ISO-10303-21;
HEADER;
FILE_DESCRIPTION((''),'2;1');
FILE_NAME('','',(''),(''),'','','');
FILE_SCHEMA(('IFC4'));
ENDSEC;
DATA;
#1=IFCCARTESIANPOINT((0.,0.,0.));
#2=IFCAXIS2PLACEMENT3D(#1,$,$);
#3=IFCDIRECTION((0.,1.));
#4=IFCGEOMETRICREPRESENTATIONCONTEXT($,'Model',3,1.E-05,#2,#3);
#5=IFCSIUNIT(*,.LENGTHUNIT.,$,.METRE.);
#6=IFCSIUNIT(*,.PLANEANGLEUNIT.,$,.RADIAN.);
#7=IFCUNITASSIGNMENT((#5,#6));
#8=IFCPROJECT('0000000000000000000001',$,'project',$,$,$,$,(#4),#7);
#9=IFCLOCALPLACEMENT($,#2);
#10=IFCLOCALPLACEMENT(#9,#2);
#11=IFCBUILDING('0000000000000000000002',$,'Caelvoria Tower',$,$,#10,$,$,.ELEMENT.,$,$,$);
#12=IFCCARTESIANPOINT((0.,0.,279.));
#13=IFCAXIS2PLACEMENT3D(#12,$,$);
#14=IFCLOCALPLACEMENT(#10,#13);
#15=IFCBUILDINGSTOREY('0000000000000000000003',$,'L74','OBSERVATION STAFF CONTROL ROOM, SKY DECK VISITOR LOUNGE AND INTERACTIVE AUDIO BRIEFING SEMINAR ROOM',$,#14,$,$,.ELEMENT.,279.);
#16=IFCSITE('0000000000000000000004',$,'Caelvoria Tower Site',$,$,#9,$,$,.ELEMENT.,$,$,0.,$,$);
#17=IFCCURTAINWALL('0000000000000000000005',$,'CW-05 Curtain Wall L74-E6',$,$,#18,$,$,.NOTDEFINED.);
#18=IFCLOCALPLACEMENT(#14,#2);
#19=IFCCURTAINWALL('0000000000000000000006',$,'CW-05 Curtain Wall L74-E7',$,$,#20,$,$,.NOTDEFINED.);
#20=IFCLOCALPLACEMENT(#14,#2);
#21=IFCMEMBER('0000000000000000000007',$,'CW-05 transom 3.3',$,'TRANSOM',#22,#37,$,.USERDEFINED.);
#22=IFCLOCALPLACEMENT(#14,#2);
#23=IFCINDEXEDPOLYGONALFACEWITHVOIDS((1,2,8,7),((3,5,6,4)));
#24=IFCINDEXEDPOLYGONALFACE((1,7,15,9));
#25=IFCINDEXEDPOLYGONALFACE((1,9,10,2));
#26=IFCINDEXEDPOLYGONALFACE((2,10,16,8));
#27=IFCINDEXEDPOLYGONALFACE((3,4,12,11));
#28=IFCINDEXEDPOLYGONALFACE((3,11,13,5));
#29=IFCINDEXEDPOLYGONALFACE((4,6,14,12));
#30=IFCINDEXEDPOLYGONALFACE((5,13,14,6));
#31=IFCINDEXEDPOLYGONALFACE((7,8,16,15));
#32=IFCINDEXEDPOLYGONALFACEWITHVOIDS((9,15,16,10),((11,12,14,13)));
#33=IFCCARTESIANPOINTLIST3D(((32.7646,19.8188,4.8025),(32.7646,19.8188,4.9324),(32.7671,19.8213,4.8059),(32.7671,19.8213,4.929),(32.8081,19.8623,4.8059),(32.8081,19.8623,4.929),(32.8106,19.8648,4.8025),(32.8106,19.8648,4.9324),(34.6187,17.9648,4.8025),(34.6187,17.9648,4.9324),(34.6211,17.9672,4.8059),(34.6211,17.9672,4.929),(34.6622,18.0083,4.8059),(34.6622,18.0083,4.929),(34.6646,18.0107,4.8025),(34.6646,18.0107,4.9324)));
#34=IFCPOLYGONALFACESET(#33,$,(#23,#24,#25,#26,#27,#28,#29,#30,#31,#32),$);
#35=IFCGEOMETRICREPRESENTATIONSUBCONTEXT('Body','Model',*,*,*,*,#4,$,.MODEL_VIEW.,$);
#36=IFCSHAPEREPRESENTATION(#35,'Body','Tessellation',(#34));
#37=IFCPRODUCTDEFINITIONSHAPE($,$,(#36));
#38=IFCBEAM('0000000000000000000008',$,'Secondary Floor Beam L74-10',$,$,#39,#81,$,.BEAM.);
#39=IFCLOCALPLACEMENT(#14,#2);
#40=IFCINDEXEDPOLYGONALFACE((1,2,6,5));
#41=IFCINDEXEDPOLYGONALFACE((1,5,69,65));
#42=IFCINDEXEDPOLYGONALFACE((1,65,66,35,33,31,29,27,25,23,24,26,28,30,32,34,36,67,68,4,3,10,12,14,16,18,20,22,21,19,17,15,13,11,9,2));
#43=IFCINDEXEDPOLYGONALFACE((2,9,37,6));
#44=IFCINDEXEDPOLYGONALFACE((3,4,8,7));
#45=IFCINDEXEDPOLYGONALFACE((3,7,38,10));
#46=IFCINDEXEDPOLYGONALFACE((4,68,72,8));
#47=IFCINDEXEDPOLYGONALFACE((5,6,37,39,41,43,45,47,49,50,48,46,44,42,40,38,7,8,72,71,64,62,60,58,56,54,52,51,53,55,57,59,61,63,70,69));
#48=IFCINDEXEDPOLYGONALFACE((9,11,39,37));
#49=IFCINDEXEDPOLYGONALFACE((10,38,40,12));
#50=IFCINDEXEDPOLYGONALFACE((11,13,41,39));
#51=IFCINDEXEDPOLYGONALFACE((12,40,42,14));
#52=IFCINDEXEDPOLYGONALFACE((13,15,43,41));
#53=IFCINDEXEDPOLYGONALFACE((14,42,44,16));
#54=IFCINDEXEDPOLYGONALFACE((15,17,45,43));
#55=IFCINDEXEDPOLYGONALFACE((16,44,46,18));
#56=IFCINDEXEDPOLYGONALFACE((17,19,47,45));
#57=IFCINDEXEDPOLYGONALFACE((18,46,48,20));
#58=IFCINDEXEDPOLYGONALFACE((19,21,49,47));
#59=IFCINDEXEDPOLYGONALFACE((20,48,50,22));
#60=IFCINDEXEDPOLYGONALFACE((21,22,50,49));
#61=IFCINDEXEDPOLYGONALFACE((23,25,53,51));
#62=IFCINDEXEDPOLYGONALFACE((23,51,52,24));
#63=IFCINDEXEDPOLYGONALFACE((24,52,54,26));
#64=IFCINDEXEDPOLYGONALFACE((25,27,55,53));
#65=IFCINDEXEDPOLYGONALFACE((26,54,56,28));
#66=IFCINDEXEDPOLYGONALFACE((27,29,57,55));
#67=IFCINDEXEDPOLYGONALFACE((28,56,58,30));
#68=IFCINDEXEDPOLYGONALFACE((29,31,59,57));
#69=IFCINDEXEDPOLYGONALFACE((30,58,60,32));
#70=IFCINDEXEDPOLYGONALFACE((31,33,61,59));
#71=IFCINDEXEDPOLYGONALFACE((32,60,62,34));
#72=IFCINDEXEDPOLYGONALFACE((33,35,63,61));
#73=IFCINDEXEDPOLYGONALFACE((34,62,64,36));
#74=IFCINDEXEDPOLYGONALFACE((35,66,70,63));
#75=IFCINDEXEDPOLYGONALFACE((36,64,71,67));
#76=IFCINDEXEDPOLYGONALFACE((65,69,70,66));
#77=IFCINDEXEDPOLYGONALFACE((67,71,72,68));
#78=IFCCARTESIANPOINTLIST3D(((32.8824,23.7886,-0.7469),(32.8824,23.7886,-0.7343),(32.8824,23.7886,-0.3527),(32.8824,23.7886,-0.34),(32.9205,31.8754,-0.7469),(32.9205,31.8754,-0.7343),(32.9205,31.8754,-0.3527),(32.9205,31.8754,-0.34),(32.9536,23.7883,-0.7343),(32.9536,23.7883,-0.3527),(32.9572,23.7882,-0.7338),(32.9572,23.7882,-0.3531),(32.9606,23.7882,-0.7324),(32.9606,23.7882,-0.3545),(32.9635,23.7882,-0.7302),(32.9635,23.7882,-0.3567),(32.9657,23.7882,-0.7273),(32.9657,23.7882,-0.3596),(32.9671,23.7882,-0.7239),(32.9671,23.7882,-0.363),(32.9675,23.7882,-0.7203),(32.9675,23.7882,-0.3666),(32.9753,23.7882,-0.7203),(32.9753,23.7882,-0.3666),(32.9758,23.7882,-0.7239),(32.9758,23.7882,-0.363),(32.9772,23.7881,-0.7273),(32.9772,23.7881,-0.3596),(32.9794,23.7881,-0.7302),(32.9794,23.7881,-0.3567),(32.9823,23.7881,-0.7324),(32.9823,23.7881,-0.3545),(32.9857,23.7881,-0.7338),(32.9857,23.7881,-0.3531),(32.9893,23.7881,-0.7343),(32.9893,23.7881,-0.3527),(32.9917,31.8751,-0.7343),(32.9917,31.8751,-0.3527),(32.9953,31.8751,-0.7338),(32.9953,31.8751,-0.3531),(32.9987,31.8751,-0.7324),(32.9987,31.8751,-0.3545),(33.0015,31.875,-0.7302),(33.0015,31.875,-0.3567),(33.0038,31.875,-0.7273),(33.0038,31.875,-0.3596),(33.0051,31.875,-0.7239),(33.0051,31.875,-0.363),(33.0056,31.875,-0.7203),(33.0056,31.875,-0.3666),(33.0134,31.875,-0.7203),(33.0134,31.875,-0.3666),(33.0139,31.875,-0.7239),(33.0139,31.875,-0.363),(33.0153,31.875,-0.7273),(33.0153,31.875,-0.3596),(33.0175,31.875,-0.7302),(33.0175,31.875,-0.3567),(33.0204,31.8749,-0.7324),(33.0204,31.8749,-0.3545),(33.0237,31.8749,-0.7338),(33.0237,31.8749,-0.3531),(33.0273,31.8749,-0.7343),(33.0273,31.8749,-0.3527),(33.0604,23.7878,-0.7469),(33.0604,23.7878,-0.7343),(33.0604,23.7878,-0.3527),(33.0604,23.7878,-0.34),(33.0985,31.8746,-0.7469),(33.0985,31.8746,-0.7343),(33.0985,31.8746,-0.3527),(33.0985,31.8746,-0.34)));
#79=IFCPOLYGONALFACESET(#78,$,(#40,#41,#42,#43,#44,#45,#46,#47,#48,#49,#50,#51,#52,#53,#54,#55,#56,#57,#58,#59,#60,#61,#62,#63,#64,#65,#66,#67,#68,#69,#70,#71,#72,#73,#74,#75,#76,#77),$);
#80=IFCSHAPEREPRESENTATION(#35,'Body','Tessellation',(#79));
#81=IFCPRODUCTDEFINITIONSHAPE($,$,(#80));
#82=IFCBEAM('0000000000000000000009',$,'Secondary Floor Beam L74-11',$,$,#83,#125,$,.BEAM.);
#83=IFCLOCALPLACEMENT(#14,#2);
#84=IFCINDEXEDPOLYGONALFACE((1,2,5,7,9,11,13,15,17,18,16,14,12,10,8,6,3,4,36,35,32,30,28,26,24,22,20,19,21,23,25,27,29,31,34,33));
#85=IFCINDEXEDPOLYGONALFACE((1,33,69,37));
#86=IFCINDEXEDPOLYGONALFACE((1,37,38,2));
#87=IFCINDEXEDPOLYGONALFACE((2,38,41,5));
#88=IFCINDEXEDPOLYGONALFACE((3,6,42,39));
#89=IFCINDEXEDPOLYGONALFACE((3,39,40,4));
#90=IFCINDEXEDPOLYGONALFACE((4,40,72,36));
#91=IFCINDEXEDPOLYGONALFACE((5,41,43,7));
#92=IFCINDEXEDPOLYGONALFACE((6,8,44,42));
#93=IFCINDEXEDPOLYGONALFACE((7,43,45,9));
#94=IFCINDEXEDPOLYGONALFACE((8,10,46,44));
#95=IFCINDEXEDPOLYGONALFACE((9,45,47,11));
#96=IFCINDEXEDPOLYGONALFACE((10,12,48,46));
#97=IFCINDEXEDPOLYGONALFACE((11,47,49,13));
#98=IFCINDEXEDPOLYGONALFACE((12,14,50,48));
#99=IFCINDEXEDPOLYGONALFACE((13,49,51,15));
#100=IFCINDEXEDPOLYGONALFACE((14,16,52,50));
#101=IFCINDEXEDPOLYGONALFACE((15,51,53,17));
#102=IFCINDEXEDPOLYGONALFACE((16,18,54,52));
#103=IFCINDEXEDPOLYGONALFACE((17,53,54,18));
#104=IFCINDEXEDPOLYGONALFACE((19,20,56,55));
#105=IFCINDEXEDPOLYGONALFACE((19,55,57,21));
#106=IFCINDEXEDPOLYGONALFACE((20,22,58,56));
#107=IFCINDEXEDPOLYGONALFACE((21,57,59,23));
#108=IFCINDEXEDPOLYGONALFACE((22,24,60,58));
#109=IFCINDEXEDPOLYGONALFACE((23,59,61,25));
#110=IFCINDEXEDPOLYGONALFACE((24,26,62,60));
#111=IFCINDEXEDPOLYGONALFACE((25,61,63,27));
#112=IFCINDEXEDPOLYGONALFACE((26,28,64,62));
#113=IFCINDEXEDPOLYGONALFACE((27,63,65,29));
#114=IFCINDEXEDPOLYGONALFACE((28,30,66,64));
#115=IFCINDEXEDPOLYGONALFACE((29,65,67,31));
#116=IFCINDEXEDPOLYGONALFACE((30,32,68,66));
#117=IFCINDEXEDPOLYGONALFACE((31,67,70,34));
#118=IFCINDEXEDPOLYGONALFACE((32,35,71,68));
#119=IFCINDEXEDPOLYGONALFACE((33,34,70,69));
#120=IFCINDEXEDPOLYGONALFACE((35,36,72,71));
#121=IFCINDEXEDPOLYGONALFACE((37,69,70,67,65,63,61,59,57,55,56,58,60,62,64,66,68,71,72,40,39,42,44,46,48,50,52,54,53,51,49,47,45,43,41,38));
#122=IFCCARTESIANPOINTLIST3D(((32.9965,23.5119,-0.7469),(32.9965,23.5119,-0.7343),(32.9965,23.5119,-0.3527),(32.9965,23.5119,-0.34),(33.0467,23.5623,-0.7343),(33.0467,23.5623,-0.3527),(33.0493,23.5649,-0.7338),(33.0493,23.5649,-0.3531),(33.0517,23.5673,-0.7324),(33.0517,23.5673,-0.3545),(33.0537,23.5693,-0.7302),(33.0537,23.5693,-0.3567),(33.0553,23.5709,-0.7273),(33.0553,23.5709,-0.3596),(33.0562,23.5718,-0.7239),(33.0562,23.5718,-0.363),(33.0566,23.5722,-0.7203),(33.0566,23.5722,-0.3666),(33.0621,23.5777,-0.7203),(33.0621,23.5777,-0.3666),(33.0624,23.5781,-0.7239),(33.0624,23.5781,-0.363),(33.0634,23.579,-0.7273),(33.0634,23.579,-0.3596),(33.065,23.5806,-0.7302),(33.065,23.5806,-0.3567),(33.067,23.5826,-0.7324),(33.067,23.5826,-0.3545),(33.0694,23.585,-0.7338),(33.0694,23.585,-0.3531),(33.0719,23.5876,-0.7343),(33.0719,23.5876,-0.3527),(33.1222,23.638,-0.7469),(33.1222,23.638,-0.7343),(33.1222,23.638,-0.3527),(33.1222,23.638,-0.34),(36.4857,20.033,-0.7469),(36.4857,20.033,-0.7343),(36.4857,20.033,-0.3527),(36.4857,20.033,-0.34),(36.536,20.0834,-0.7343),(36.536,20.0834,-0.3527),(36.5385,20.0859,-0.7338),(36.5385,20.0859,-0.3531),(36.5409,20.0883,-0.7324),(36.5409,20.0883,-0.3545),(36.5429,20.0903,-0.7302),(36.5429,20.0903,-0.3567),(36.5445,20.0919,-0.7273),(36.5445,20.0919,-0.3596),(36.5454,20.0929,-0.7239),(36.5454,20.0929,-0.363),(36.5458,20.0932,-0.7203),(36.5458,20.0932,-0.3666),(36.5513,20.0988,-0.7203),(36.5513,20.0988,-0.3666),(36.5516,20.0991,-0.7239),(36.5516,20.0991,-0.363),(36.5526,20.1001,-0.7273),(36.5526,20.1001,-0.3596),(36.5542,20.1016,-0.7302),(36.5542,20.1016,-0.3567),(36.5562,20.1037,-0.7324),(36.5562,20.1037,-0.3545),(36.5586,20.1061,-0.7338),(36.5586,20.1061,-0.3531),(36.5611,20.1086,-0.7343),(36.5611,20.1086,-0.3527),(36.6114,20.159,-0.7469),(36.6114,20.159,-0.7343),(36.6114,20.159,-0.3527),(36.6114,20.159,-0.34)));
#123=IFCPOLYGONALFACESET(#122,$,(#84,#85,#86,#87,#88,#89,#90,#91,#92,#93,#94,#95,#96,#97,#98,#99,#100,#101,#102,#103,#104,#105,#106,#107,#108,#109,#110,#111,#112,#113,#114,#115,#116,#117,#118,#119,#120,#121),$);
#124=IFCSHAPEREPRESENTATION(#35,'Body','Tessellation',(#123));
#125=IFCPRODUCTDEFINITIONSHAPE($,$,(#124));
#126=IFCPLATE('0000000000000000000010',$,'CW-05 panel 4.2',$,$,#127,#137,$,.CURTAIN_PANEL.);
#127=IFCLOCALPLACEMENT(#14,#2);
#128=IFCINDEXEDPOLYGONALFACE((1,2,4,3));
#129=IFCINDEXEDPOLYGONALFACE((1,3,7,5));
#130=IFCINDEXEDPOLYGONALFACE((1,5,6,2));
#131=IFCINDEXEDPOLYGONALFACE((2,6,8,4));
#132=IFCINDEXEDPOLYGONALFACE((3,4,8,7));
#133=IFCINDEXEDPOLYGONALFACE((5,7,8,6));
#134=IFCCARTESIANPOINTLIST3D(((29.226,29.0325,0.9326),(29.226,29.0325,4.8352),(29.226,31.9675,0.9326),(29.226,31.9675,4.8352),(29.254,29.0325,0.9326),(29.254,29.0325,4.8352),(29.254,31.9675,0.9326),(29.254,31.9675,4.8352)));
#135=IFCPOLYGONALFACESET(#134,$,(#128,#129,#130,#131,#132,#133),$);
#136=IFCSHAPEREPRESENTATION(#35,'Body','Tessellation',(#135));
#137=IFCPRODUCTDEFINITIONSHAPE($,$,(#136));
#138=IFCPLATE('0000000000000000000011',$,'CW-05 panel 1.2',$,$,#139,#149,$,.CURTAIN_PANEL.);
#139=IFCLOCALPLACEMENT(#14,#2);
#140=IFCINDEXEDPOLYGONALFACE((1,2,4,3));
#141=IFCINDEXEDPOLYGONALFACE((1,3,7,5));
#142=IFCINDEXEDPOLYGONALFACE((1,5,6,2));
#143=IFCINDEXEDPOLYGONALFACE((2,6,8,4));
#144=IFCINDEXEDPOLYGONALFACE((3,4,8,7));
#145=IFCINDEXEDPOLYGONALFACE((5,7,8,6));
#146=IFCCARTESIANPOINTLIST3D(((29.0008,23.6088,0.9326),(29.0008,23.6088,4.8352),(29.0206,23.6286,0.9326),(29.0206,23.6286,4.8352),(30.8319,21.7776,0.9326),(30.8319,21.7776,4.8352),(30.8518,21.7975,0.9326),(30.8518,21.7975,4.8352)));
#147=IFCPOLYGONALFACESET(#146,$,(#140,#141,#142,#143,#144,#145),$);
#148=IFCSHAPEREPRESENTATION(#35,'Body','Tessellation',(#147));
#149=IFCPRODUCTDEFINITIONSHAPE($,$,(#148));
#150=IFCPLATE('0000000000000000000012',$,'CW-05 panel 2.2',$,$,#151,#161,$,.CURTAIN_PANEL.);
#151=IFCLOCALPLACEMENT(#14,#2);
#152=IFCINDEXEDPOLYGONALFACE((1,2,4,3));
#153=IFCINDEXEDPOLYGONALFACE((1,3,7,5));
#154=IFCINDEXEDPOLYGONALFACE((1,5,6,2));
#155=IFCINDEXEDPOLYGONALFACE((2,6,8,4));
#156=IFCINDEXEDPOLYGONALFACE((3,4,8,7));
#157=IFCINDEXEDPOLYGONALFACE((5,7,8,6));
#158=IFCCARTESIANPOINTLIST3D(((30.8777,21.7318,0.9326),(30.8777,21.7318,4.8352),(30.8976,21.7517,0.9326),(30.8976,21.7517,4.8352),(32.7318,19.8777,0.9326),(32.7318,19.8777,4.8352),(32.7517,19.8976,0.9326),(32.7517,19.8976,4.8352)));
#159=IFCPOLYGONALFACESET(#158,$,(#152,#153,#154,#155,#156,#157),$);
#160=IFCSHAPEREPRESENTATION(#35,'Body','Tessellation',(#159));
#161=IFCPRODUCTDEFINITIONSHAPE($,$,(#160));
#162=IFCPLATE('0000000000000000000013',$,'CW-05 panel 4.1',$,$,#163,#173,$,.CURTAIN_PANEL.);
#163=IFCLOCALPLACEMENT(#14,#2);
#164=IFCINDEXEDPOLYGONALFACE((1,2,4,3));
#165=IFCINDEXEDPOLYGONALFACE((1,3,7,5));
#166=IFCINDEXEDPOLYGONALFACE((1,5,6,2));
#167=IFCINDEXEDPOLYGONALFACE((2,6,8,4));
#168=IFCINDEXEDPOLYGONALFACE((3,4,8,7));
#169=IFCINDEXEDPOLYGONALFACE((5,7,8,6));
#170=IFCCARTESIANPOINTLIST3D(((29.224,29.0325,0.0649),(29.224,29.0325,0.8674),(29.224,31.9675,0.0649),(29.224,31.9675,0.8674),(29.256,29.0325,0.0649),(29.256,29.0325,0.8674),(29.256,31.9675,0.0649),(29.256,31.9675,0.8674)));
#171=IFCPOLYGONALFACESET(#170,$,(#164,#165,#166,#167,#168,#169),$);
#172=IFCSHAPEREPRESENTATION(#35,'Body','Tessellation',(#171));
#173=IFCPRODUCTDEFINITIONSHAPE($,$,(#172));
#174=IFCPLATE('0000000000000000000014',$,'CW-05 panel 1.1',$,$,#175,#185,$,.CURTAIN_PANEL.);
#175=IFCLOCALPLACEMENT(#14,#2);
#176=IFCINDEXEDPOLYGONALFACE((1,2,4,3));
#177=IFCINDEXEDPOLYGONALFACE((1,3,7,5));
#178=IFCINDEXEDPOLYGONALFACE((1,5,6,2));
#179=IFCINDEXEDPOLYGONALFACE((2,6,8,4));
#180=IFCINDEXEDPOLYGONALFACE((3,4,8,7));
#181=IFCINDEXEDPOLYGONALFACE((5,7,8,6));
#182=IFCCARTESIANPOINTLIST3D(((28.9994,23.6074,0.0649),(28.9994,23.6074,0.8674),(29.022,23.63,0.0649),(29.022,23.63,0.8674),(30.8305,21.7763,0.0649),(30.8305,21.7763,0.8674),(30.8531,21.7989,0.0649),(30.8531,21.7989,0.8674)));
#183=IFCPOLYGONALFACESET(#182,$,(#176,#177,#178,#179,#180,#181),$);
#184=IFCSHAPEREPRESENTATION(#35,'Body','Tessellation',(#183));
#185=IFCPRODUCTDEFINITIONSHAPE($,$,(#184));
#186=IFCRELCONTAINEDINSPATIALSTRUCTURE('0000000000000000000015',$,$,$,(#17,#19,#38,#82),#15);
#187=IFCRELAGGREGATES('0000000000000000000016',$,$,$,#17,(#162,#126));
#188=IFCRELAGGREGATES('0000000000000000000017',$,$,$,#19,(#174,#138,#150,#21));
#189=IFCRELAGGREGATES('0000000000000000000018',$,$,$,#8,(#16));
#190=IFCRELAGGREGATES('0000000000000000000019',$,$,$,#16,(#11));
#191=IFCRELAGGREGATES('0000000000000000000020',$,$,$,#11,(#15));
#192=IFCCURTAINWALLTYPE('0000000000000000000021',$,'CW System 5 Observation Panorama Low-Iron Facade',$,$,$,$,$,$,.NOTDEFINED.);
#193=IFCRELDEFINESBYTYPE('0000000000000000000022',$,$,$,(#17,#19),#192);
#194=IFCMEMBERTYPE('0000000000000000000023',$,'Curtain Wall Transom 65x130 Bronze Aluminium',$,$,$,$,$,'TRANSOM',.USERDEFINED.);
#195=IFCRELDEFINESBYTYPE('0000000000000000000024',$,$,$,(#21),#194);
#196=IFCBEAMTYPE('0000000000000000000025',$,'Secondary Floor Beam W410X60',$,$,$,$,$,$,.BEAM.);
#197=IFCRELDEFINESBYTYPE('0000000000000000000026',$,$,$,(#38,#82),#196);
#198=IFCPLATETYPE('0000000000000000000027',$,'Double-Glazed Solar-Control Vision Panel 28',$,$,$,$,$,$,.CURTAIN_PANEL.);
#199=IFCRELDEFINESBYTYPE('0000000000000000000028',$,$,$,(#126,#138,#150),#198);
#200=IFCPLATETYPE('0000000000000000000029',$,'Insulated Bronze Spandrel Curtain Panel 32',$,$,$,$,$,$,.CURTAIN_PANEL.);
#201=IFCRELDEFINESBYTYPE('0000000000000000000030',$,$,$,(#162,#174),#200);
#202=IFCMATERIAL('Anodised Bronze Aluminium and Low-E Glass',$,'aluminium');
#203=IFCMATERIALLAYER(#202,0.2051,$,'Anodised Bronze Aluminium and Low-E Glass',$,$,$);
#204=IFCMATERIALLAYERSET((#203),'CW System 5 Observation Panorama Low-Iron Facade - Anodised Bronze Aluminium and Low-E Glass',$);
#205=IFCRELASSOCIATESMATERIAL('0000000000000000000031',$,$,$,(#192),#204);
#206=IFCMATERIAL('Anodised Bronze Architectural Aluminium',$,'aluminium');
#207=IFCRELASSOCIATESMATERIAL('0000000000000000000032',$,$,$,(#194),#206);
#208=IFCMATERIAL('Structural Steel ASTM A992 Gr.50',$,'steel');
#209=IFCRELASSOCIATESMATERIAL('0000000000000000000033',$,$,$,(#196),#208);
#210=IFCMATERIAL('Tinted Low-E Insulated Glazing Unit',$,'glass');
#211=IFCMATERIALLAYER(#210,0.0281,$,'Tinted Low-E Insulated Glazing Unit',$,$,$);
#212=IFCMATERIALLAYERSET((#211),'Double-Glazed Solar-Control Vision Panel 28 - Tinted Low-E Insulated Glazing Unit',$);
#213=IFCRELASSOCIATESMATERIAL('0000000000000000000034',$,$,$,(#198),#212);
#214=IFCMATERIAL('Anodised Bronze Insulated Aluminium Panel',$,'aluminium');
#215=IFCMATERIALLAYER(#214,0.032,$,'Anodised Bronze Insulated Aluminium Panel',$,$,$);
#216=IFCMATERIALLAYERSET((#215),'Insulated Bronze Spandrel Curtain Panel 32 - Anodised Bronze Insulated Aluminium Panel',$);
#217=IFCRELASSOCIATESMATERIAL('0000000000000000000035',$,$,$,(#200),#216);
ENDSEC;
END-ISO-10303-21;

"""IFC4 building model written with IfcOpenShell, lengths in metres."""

from ifc_helpers import new_model, si_unit, direction, frame, origin, origin_2d, place, context, subcontext, project, spatial, rectangle, hollow_rectangle, i_section, extrude, material, layer, layer_set, material_profile, profile_set, type_object, element, aggregate, save


model = new_model("IFC4")

# Units and contexts
model_context = context("Model", 3, precision=1e-05, world=origin(), true_north=direction((0.0, 1.0)))
body_context = subcontext(model_context, "Body", "Model", "MODEL_VIEW")
ifc_project = project(units=[si_unit("LENGTHUNIT", "METRE"), si_unit("PLANEANGLEUNIT", "RADIAN")], contexts=[model_context])

# Site, building, storey
site_placement = place(None, origin())
site = spatial("IfcSite", under=ifc_project, at=site_placement, Name="Caelvoria Tower Site", CompositionType="ELEMENT", RefElevation=0.0)
building_placement = place(site_placement, origin())
building = spatial("IfcBuilding", under=site, at=building_placement, Name="Caelvoria Tower", CompositionType="ELEMENT")
storey_placement = place(building_placement, frame((0.0, 0.0, 279.0)))
storey = spatial("IfcBuildingStorey", under=building, at=storey_placement, Name="L74", Description="OBSERVATION STAFF CONTROL ROOM, SKY DECK VISITOR LOUNGE AND INTERACTIVE AUDIO BRIEFING SEMINAR ROOM", CompositionType="ELEMENT", Elevation=279.0)

# Curtain wall
ifc_material_1 = material(Name="Anodised Bronze Aluminium and Low-E Glass", Category="aluminium")
ifc_layer_1 = layer(ifc_material_1, 0.2051, Name="Anodised Bronze Aluminium and Low-E Glass")
ifc_layer_set_1 = layer_set([ifc_layer_1], Name="CW System 5 Observation Panorama Low-Iron Facade - Anodised Bronze Aluminium and Low-E Glass")
curtain_wall_type = type_object("IfcCurtainWallType", Name="CW System 5 Observation Panorama Low-Iron Facade", PredefinedType="NOTDEFINED", material=ifc_layer_set_1)
curtain_wall_1_placement = place(storey_placement, origin())
curtain_wall_1 = element("IfcCurtainWall", 1, at=curtain_wall_1_placement, inside=storey, type_object=curtain_wall_type, Name="CW-05 Curtain Wall L74-E6", PredefinedType="NOTDEFINED")
ifc_material_2 = material(Name="Anodised Bronze Architectural Aluminium", Category="aluminium")

# Curtain wall
curtain_wall_2_placement = place(storey_placement, origin())
curtain_wall_2 = element("IfcCurtainWall", 2, at=curtain_wall_2_placement, inside=storey, type_object=curtain_wall_type, Name="CW-05 Curtain Wall L74-E7", PredefinedType="NOTDEFINED")

# Member
ifc_material_profile_1 = material_profile(ifc_material_2, hollow_rectangle(XDim=0.0649, YDim=0.1299, WallThickness=0.0034, at=origin_2d()), Name="Anodised Bronze Architectural Aluminium")
ifc_profile_set_1 = profile_set([ifc_material_profile_1], Name="CW_TRAN_65X130 - Anodised Bronze Architectural Aluminium")
member_type_1 = type_object("IfcMemberType", Name="Curtain Wall Transom 65x130 Bronze Aluminium", ElementType="TRANSOM", PredefinedType="USERDEFINED", material=ifc_profile_set_1)
member_1_placement = place(storey_placement, frame((32.7876, 19.8418, 4.8674), z_axis=(0.707107, -0.707107, 0.0), x_axis=(0.707107, 0.707107, 0.0)))
member_1 = element("IfcMember", 3, at=member_1_placement, type_object=member_type_1, Name="CW-05 transom 3.3", ObjectType="TRANSOM", PredefinedType="USERDEFINED", context=body_context, shape_type="SweptSolid", body=[
    extrude(hollow_rectangle(XDim=0.0649, YDim=0.1299, WallThickness=0.0034, at=origin_2d()), origin(), (0.0, 0.0, 1.0), 2.6221),
])

# Beams
ifc_material_3 = material(Name="Structural Steel ASTM A992 Gr.50", Category="steel")
ifc_material_profile_2 = material_profile(ifc_material_3, i_section(OverallWidth=0.178, OverallDepth=0.407, WebThickness=0.0078, FlangeThickness=0.0127, FilletRadius=0.0139, at=origin_2d()), Name="Structural Steel ASTM A992 Gr.50")
ifc_profile_set_2 = profile_set([ifc_material_profile_2], Name="W410X60 - Structural Steel ASTM A992 Gr.50")
beam_type = type_object("IfcBeamType", Name="Secondary Floor Beam W410X60", PredefinedType="BEAM", material=ifc_profile_set_2)
beam_1_placement = place(storey_placement, frame((33.0095, 31.875, -0.5435), z_axis=(-0.00471, -0.999989, 0.0), x_axis=(0.999989, -0.00471, 0.0)))
element("IfcBeam", 4, at=beam_1_placement, inside=storey, type_object=beam_type, Name="Secondary Floor Beam L74-10", PredefinedType="BEAM", context=body_context, shape_type="SweptSolid", body=[
    extrude(i_section(OverallWidth=0.178, OverallDepth=0.407, WebThickness=0.0078, FlangeThickness=0.0127, FilletRadius=0.0139, at=origin_2d()), origin(), (0.0, 0.0, 1.0), 8.0869),
])
beam_2_placement = place(storey_placement, frame((33.0593, 23.575, -0.5435), z_axis=(0.708147, -0.706065, 0.0), x_axis=(0.706065, 0.708147, 0.0)))
element("IfcBeam", 5, at=beam_2_placement, inside=storey, type_object=beam_type, Name="Secondary Floor Beam L74-11", PredefinedType="BEAM", context=body_context, shape_type="SweptSolid", body=[
    extrude(i_section(OverallWidth=0.178, OverallDepth=0.407, WebThickness=0.0078, FlangeThickness=0.0127, FilletRadius=0.0139, at=origin_2d()), origin(), (0.0, 0.0, 1.0), 4.9272),
])

# Plates
ifc_material_4 = material(Name="Tinted Low-E Insulated Glazing Unit", Category="glass")
ifc_layer_2 = layer(ifc_material_4, 0.0281, Name="Tinted Low-E Insulated Glazing Unit")
ifc_layer_set_2 = layer_set([ifc_layer_2], Name="Double-Glazed Solar-Control Vision Panel 28 - Tinted Low-E Insulated Glazing Unit")
plate_type_1 = type_object("IfcPlateType", Name="Double-Glazed Solar-Control Vision Panel 28", PredefinedType="CURTAIN_PANEL", material=ifc_layer_set_2)
plate_1_placement = place(storey_placement, frame((29.24, 30.5, 0.9326), z_axis=(0.0, 0.0, 1.0), x_axis=(0.0, -1.0, 0.0)))
plate_1 = element("IfcPlate", 6, at=plate_1_placement, type_object=plate_type_1, Name="CW-05 panel 4.2", PredefinedType="CURTAIN_PANEL", context=body_context, shape_type="SweptSolid", body=[
    extrude(rectangle(XDim=2.9351, YDim=0.0281, at=origin_2d()), origin(), (0.0, 0.0, 1.0), 3.9026),
])
plate_2_placement = place(storey_placement, frame((29.9263, 22.7031, 0.9326), z_axis=(0.0, 0.0, 1.0), x_axis=(0.707107, -0.707107, 0.0)))
plate_2 = element("IfcPlate", 7, at=plate_2_placement, type_object=plate_type_1, Name="CW-05 panel 1.2", PredefinedType="CURTAIN_PANEL", context=body_context, shape_type="SweptSolid", body=[
    extrude(rectangle(XDim=2.5896, YDim=0.0281, at=origin_2d()), origin(), (0.0, 0.0, 1.0), 3.9026),
])
plate_3_placement = place(storey_placement, frame((31.8147, 20.8147, 0.9326), z_axis=(0.0, 0.0, 1.0), x_axis=(0.707107, -0.707107, 0.0)))
plate_3 = element("IfcPlate", 8, at=plate_3_placement, type_object=plate_type_1, Name="CW-05 panel 2.2", PredefinedType="CURTAIN_PANEL", context=body_context, shape_type="SweptSolid", body=[
    extrude(rectangle(XDim=2.6221, YDim=0.0281, at=origin_2d()), origin(), (0.0, 0.0, 1.0), 3.9026),
])
ifc_material_5 = material(Name="Anodised Bronze Insulated Aluminium Panel", Category="aluminium")
ifc_layer_3 = layer(ifc_material_5, 0.032, Name="Anodised Bronze Insulated Aluminium Panel")
ifc_layer_set_3 = layer_set([ifc_layer_3], Name="Insulated Bronze Spandrel Curtain Panel 32 - Anodised Bronze Insulated Aluminium Panel")
plate_type_2 = type_object("IfcPlateType", Name="Insulated Bronze Spandrel Curtain Panel 32", PredefinedType="CURTAIN_PANEL", material=ifc_layer_set_3)
plate_4_placement = place(storey_placement, frame((29.24, 30.5, 0.0649), z_axis=(0.0, 0.0, 1.0), x_axis=(0.0, -1.0, 0.0)))
plate_4 = element("IfcPlate", 9, at=plate_4_placement, type_object=plate_type_2, Name="CW-05 panel 4.1", PredefinedType="CURTAIN_PANEL", context=body_context, shape_type="SweptSolid", body=[
    extrude(rectangle(XDim=2.9351, YDim=0.032, at=origin_2d()), origin(), (0.0, 0.0, 1.0), 0.8025),
])
aggregate(curtain_wall_1, [plate_4, plate_1])
plate_5_placement = place(storey_placement, frame((29.9263, 22.7031, 0.0649), z_axis=(0.0, 0.0, 1.0), x_axis=(0.707107, -0.707107, 0.0)))
plate_5 = element("IfcPlate", 10, at=plate_5_placement, type_object=plate_type_2, Name="CW-05 panel 1.1", PredefinedType="CURTAIN_PANEL", context=body_context, shape_type="SweptSolid", body=[
    extrude(rectangle(XDim=2.5896, YDim=0.032, at=origin_2d()), origin(), (0.0, 0.0, 1.0), 0.8025),
])
aggregate(curtain_wall_2, [plate_5, plate_2, plate_3, member_1])

save(model, "model.ifc")
